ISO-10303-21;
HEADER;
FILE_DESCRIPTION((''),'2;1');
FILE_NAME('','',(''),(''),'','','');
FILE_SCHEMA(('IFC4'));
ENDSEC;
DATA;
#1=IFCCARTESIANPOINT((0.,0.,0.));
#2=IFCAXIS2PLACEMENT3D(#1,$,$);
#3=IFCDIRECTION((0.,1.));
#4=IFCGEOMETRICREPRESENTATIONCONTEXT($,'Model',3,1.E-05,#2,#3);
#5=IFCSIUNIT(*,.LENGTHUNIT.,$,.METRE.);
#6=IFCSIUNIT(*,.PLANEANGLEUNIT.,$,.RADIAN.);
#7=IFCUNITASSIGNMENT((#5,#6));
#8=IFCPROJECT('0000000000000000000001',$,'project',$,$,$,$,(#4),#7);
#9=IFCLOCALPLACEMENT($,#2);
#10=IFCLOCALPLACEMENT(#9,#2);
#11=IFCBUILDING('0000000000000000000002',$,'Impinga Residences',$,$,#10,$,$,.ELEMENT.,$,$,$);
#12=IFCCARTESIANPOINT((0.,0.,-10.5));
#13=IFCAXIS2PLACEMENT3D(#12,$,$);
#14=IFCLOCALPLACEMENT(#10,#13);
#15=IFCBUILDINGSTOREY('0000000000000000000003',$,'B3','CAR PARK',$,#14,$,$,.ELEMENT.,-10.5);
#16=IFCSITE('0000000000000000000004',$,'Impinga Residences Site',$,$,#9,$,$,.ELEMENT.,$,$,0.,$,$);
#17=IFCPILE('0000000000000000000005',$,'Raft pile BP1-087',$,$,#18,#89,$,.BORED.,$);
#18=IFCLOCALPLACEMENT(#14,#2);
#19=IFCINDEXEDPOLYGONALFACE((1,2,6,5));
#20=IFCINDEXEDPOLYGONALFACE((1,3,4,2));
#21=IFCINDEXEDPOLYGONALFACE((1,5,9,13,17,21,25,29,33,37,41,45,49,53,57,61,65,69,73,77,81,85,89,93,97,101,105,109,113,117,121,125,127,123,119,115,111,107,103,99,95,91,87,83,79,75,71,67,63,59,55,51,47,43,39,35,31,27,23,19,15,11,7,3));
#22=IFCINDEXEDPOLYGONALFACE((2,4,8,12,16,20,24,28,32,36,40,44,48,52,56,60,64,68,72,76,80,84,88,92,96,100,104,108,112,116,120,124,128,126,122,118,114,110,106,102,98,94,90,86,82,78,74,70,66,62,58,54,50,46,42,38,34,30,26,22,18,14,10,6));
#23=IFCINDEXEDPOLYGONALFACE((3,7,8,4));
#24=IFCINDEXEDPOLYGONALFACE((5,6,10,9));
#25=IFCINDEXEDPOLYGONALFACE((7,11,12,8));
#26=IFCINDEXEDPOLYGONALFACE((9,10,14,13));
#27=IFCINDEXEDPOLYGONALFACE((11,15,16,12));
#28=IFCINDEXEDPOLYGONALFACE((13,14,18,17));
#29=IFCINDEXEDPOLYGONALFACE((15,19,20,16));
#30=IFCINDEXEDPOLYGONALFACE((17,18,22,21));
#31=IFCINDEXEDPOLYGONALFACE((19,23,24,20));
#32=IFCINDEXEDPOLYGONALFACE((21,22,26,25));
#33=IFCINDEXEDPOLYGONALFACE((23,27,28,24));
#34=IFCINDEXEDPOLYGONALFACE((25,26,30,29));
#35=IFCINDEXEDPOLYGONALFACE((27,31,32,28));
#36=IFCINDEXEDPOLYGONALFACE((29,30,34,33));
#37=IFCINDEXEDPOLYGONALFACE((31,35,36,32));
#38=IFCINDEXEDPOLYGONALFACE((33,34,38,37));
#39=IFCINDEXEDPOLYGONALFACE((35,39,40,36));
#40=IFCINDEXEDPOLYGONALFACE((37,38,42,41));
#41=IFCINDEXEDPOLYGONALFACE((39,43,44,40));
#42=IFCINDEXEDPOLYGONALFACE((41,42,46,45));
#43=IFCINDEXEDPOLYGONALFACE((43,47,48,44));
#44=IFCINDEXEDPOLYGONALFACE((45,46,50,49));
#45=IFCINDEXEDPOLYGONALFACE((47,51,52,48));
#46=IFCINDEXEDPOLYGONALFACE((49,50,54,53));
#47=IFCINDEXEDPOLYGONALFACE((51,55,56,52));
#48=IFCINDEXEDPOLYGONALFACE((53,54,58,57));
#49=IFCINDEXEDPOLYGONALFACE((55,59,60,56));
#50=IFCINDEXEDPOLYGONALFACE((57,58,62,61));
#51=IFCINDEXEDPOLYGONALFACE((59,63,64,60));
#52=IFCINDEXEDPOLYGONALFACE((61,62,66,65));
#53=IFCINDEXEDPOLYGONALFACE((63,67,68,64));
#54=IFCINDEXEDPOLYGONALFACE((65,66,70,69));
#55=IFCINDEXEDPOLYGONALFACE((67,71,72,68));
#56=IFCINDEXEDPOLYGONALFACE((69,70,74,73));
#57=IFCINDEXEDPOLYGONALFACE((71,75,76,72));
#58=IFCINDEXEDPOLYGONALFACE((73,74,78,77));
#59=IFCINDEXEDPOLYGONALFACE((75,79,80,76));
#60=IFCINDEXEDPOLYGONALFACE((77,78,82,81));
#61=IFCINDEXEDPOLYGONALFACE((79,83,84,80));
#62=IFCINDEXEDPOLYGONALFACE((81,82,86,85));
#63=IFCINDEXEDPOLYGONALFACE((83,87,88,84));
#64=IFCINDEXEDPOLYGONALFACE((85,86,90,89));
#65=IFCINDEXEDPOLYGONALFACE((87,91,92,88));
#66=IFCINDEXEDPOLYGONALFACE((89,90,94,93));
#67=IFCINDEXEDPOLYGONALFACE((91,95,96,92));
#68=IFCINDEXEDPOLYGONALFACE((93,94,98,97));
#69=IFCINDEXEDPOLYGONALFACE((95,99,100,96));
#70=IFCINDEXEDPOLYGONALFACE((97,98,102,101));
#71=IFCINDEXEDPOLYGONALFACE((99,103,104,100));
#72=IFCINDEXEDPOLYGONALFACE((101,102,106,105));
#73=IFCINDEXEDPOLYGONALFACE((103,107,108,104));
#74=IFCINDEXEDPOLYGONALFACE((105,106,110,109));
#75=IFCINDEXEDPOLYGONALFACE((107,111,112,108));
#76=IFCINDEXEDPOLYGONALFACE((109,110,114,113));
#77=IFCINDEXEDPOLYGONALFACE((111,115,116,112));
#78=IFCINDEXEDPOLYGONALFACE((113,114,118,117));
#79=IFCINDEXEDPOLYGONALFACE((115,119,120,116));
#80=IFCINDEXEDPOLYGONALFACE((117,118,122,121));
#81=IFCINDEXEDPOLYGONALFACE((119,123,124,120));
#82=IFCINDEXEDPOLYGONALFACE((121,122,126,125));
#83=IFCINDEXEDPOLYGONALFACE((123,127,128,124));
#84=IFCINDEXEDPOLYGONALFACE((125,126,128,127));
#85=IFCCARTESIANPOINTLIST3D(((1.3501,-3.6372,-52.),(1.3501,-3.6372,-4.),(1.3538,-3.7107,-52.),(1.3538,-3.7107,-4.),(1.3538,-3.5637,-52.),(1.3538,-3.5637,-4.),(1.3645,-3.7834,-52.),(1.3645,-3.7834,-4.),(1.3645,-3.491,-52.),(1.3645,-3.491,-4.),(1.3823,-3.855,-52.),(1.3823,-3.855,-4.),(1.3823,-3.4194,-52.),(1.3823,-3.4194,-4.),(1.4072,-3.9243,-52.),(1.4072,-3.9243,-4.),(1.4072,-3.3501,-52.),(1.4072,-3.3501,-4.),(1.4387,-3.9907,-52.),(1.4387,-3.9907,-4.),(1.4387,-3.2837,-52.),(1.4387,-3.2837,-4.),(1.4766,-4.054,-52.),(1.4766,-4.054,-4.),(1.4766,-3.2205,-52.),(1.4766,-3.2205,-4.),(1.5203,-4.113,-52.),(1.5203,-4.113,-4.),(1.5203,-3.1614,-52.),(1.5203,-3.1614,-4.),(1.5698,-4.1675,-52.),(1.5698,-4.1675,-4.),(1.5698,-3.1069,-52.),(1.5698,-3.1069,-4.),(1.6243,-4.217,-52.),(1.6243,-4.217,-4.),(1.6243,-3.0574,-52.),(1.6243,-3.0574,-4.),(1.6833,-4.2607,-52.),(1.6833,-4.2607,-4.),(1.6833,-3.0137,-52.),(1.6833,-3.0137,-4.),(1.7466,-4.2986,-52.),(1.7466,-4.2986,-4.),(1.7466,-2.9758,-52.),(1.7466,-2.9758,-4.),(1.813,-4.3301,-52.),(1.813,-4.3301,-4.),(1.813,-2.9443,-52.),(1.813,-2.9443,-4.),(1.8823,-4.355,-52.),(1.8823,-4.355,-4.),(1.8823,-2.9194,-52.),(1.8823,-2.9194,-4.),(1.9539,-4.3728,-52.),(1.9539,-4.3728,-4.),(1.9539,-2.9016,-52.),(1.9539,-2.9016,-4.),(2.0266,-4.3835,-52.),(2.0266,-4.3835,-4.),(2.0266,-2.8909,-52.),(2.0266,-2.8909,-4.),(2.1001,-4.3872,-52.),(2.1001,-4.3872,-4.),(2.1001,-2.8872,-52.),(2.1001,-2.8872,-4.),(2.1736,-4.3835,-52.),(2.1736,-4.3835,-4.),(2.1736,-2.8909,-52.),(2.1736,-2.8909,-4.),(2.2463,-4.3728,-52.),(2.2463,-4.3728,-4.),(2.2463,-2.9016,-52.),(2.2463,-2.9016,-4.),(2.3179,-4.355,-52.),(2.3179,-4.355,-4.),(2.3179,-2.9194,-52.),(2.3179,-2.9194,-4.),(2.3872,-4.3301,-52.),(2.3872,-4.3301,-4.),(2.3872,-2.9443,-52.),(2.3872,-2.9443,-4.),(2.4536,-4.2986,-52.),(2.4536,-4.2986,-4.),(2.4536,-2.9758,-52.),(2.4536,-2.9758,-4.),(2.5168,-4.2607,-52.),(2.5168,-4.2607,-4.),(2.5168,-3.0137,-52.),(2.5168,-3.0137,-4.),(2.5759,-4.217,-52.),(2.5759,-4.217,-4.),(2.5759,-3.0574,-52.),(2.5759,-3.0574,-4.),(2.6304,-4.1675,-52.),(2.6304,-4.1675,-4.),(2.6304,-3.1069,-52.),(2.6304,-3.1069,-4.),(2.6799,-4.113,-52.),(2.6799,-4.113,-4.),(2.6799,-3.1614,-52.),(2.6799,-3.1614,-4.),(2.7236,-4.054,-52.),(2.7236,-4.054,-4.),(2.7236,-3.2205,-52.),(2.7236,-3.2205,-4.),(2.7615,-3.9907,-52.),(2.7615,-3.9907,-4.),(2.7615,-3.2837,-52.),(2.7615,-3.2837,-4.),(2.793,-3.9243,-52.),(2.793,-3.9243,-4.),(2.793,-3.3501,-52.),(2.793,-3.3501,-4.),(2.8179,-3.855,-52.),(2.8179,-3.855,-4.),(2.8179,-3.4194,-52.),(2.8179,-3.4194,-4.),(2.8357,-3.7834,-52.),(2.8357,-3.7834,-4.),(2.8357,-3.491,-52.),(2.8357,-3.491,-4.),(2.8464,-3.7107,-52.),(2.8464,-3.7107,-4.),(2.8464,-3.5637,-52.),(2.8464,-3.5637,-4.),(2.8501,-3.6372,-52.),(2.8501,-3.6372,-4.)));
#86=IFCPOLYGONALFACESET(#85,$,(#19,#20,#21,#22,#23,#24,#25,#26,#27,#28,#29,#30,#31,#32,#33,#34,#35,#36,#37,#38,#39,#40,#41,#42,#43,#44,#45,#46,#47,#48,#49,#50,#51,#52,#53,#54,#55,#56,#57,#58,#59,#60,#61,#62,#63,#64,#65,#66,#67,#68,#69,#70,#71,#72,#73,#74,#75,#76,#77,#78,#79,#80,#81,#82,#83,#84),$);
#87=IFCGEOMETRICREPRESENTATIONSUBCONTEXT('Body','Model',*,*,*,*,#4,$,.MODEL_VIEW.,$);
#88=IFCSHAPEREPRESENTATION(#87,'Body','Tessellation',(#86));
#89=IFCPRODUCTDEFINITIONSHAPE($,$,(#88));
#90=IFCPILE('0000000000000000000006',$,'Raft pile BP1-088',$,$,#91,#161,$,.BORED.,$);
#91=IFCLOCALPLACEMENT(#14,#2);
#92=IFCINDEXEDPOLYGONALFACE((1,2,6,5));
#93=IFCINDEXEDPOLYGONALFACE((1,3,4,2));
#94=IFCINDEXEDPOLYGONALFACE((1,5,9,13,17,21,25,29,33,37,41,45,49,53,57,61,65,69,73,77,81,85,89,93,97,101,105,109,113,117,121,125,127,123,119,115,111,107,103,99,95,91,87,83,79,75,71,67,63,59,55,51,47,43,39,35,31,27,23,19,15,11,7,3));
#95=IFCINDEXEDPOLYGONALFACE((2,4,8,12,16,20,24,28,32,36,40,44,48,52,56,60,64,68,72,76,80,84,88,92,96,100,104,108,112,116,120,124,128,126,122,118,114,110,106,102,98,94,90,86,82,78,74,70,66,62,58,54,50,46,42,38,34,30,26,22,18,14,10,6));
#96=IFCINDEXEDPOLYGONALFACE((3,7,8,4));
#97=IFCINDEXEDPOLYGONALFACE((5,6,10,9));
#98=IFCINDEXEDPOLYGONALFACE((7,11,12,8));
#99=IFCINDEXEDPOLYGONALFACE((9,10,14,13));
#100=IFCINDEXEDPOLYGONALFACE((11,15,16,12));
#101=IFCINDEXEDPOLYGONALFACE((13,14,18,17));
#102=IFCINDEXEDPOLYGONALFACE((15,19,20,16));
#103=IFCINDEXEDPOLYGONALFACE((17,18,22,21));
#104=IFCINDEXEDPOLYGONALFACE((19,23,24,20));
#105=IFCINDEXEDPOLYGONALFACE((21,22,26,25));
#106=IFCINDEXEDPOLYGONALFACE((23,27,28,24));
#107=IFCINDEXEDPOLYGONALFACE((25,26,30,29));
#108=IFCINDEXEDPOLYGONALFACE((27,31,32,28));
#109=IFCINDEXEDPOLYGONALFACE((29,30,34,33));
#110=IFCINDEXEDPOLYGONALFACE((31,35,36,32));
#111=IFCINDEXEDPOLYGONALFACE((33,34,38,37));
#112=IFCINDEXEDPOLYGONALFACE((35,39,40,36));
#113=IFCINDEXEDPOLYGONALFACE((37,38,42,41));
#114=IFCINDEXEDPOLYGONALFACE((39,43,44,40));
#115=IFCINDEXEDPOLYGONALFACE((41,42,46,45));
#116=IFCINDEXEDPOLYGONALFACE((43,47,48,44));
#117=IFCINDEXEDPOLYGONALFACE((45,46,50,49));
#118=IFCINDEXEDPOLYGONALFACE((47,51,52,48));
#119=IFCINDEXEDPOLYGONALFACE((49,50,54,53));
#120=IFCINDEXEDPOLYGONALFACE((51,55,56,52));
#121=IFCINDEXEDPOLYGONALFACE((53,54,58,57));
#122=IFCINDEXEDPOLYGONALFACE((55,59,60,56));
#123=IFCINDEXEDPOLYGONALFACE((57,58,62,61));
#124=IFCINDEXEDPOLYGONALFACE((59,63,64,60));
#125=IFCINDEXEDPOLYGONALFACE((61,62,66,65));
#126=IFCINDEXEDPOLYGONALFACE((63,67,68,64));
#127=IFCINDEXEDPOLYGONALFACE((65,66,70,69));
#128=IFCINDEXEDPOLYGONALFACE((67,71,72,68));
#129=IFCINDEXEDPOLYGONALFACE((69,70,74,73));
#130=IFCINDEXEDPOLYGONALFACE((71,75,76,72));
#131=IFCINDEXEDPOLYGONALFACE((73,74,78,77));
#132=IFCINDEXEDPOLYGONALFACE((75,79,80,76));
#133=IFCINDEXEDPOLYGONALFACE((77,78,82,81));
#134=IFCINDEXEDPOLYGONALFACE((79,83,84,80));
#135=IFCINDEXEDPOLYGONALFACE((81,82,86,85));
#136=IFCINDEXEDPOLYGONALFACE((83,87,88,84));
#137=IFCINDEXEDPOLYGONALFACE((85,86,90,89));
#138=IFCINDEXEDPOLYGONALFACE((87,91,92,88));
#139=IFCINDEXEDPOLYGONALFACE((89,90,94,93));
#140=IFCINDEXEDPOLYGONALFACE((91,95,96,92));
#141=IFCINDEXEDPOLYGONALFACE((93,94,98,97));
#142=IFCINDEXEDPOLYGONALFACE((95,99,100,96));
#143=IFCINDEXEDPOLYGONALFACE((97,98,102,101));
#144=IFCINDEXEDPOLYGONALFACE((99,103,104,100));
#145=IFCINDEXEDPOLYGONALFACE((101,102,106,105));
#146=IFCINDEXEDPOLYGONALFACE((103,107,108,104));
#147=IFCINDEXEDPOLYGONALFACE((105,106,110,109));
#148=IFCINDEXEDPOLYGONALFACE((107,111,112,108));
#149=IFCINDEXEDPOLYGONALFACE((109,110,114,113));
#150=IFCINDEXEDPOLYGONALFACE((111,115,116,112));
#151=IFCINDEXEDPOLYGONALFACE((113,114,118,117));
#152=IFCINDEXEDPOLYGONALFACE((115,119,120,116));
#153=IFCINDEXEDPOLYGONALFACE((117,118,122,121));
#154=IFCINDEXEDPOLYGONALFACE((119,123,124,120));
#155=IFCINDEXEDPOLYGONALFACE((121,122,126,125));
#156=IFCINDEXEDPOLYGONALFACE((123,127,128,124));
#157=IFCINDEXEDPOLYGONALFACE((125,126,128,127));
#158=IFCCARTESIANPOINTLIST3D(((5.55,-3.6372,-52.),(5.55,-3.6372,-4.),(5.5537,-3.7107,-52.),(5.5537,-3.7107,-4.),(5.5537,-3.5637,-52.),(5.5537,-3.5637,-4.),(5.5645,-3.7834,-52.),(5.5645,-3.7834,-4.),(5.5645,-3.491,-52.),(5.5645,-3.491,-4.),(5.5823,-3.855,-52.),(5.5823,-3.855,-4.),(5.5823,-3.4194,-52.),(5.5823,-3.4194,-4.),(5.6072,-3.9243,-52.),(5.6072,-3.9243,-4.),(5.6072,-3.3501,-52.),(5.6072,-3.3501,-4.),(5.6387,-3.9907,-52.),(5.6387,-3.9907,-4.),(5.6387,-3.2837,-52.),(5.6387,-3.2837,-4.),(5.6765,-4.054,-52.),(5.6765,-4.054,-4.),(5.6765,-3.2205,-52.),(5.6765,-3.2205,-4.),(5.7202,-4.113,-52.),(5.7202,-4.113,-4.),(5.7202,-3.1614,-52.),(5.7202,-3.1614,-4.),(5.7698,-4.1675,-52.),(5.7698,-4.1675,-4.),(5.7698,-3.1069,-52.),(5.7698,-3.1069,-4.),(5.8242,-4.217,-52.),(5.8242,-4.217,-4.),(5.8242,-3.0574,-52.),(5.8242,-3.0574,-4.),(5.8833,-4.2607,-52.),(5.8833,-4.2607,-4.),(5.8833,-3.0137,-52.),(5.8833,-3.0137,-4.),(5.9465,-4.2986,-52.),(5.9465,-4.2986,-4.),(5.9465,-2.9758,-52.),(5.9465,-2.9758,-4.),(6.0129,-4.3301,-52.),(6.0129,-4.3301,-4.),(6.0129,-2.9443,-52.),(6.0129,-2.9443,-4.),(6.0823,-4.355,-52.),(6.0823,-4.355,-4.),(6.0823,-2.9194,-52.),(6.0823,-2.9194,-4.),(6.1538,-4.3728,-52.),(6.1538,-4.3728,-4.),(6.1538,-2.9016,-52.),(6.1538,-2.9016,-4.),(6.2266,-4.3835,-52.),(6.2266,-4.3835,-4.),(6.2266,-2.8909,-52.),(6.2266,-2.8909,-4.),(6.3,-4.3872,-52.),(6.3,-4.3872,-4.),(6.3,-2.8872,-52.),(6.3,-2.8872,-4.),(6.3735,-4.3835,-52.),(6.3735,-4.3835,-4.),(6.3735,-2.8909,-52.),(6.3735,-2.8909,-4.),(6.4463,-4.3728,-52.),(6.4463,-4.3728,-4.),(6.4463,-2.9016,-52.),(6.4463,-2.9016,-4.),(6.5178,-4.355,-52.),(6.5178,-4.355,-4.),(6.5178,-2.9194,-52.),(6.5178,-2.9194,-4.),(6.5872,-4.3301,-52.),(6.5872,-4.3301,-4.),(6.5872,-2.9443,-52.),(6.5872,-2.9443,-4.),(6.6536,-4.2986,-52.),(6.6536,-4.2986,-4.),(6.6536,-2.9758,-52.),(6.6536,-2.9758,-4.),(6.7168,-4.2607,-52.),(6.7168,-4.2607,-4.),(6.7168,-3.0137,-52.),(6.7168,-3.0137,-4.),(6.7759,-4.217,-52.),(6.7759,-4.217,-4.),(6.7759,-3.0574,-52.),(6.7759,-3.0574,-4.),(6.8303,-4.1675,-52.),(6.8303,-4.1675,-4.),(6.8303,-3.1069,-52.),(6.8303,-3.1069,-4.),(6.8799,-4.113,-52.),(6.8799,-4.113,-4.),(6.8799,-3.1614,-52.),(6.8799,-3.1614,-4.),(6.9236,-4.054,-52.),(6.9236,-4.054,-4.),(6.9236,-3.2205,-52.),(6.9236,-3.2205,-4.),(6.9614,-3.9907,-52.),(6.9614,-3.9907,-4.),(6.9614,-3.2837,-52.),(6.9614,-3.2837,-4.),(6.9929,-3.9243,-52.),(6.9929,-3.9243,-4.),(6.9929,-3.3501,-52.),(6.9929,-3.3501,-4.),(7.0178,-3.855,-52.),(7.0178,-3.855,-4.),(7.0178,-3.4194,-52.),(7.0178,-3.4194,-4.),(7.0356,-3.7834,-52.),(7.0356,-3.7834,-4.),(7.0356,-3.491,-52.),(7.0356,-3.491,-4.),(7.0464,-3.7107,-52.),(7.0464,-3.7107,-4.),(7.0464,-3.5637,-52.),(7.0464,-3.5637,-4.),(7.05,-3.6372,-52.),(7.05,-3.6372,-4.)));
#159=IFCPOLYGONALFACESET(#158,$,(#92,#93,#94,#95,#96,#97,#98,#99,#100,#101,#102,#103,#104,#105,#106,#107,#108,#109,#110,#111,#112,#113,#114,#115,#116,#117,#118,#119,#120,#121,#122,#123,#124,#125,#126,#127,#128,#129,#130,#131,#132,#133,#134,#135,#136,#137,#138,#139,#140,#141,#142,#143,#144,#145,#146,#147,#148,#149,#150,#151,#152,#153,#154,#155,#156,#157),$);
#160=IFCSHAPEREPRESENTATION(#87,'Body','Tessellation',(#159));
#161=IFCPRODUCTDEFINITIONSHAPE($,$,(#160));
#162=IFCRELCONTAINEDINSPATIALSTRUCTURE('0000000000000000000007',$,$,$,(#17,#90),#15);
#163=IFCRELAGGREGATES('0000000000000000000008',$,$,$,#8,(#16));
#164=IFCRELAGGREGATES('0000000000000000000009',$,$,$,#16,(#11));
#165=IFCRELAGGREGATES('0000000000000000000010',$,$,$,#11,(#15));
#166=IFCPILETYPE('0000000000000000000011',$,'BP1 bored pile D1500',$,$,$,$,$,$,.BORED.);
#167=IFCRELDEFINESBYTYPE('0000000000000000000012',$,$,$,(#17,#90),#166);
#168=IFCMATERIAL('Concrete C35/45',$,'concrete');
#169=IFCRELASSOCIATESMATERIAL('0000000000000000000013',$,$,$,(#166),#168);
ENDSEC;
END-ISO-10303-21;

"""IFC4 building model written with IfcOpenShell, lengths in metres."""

from ifc_helpers import new_model, si_unit, direction, frame, origin, origin_2d, place, context, subcontext, project, spatial, polyline, circle, outline, extrude, material, material_profile, profile_set, type_object, element, save


model = new_model("IFC4")

# Units and contexts
model_context = context("Model", 3, precision=1e-05, world=origin(), true_north=direction((0.0, 1.0)))
body_context = subcontext(model_context, "Body", "Model", "MODEL_VIEW")
ifc_project = project(units=[si_unit("LENGTHUNIT", "METRE"), si_unit("PLANEANGLEUNIT", "RADIAN")], contexts=[model_context])

# Site, building, storey
site_placement = place(None, origin())
site = spatial("IfcSite", under=ifc_project, at=site_placement, Name="Impinga Residences Site", CompositionType="ELEMENT", RefElevation=0.0)
building_placement = place(site_placement, origin())
building = spatial("IfcBuilding", under=site, at=building_placement, Name="Impinga Residences", CompositionType="ELEMENT")
storey_placement = place(building_placement, frame((0.0, 0.0, -10.5)))
storey = spatial("IfcBuildingStorey", under=building, at=storey_placement, Name="B3", Description="CAR PARK", CompositionType="ELEMENT", Elevation=-10.5)

# Piles
ifc_material_1 = material(Name="Concrete C35/45", Category="concrete")
ifc_material_profile = material_profile(ifc_material_1, circle(Radius=0.75, at=origin_2d()), Name="D1500")
ifc_profile_set = profile_set([ifc_material_profile], Name="Concrete C35/45")
pile_type = type_object("IfcPileType", Name="BP1 bored pile D1500", PredefinedType="BORED", material=ifc_profile_set)
pile_1_placement = place(storey_placement, frame((2.1001, -3.6372, -4.0), z_axis=(0.0, 0.0, -1.0), x_axis=(1.0, 0.0, 0.0)))
element("IfcPile", 1, at=pile_1_placement, inside=storey, type_object=pile_type, Name="Raft pile BP1-087", PredefinedType="BORED", context=body_context, shape_type="SweptSolid", body=[
    extrude(outline(polyline([(0.75, 0.0), (0.7463, 0.0735), (0.7356, 0.1462), (0.7178, 0.2178), (0.6929, 0.2871), (0.6614, 0.3535), (0.6235, 0.4167), (0.5798, 0.4758), (0.5303, 0.5303), (0.4758, 0.5798), (0.4167, 0.6235), (0.3535, 0.6614), (0.2871, 0.6929), (0.2178, 0.7178), (0.1462, 0.7356), (0.0735, 0.7463), (0.0, 0.75), (-0.0735, 0.7463), (-0.1462, 0.7356), (-0.2178, 0.7178), (-0.2871, 0.6929), (-0.3535, 0.6614), (-0.4167, 0.6235), (-0.4758, 0.5798), (-0.5303, 0.5303), (-0.5798, 0.4758), (-0.6235, 0.4167), (-0.6614, 0.3535), (-0.6929, 0.2871), (-0.7178, 0.2178), (-0.7356, 0.1462), (-0.7463, 0.0735), (-0.75, 0.0), (-0.7463, -0.0735), (-0.7356, -0.1462), (-0.7178, -0.2178), (-0.6929, -0.2871), (-0.6614, -0.3535), (-0.6235, -0.4167), (-0.5798, -0.4758), (-0.5303, -0.5303), (-0.4758, -0.5798), (-0.4167, -0.6235), (-0.3535, -0.6614), (-0.2871, -0.6929), (-0.2178, -0.7178), (-0.1462, -0.7356), (-0.0735, -0.7463), (0.0, -0.75), (0.0735, -0.7463), (0.1462, -0.7356), (0.2178, -0.7178), (0.2871, -0.6929), (0.3535, -0.6614), (0.4167, -0.6235), (0.4758, -0.5798), (0.5303, -0.5303), (0.5798, -0.4758), (0.6235, -0.4167), (0.6614, -0.3535), (0.6929, -0.2871), (0.7178, -0.2178), (0.7356, -0.1462), (0.7463, -0.0735), (0.75, 0.0)])), origin(), (0.0, 0.0, 1.0), 48.0),
])
pile_2_placement = place(storey_placement, frame((6.3, -3.6372, -4.0), z_axis=(0.0, 0.0, -1.0), x_axis=(1.0, 0.0, 0.0)))
element("IfcPile", 2, at=pile_2_placement, inside=storey, type_object=pile_type, Name="Raft pile BP1-088", PredefinedType="BORED", context=body_context, shape_type="SweptSolid", body=[
    extrude(outline(polyline([(0.75, 0.0), (0.7463, 0.0735), (0.7356, 0.1462), (0.7178, 0.2178), (0.6929, 0.2871), (0.6614, 0.3535), (0.6235, 0.4167), (0.5798, 0.4758), (0.5303, 0.5303), (0.4758, 0.5798), (0.4167, 0.6235), (0.3535, 0.6614), (0.2871, 0.6929), (0.2178, 0.7178), (0.1462, 0.7356), (0.0735, 0.7463), (0.0, 0.75), (-0.0735, 0.7463), (-0.1462, 0.7356), (-0.2178, 0.7178), (-0.2871, 0.6929), (-0.3535, 0.6614), (-0.4167, 0.6235), (-0.4758, 0.5798), (-0.5303, 0.5303), (-0.5798, 0.4758), (-0.6235, 0.4167), (-0.6614, 0.3535), (-0.6929, 0.2871), (-0.7178, 0.2178), (-0.7356, 0.1462), (-0.7463, 0.0735), (-0.75, 0.0), (-0.7463, -0.0735), (-0.7356, -0.1462), (-0.7178, -0.2178), (-0.6929, -0.2871), (-0.6614, -0.3535), (-0.6235, -0.4167), (-0.5798, -0.4758), (-0.5303, -0.5303), (-0.4758, -0.5798), (-0.4167, -0.6235), (-0.3535, -0.6614), (-0.2871, -0.6929), (-0.2178, -0.7178), (-0.1462, -0.7356), (-0.0735, -0.7463), (0.0, -0.75), (0.0735, -0.7463), (0.1462, -0.7356), (0.2178, -0.7178), (0.2871, -0.6929), (0.3535, -0.6614), (0.4167, -0.6235), (0.4758, -0.5798), (0.5303, -0.5303), (0.5798, -0.4758), (0.6235, -0.4167), (0.6614, -0.3535), (0.6929, -0.2871), (0.7178, -0.2178), (0.7356, -0.1462), (0.7463, -0.0735), (0.75, 0.0)])), origin(), (0.0, 0.0, 1.0), 48.0),
])

save(model, "model.ifc")
